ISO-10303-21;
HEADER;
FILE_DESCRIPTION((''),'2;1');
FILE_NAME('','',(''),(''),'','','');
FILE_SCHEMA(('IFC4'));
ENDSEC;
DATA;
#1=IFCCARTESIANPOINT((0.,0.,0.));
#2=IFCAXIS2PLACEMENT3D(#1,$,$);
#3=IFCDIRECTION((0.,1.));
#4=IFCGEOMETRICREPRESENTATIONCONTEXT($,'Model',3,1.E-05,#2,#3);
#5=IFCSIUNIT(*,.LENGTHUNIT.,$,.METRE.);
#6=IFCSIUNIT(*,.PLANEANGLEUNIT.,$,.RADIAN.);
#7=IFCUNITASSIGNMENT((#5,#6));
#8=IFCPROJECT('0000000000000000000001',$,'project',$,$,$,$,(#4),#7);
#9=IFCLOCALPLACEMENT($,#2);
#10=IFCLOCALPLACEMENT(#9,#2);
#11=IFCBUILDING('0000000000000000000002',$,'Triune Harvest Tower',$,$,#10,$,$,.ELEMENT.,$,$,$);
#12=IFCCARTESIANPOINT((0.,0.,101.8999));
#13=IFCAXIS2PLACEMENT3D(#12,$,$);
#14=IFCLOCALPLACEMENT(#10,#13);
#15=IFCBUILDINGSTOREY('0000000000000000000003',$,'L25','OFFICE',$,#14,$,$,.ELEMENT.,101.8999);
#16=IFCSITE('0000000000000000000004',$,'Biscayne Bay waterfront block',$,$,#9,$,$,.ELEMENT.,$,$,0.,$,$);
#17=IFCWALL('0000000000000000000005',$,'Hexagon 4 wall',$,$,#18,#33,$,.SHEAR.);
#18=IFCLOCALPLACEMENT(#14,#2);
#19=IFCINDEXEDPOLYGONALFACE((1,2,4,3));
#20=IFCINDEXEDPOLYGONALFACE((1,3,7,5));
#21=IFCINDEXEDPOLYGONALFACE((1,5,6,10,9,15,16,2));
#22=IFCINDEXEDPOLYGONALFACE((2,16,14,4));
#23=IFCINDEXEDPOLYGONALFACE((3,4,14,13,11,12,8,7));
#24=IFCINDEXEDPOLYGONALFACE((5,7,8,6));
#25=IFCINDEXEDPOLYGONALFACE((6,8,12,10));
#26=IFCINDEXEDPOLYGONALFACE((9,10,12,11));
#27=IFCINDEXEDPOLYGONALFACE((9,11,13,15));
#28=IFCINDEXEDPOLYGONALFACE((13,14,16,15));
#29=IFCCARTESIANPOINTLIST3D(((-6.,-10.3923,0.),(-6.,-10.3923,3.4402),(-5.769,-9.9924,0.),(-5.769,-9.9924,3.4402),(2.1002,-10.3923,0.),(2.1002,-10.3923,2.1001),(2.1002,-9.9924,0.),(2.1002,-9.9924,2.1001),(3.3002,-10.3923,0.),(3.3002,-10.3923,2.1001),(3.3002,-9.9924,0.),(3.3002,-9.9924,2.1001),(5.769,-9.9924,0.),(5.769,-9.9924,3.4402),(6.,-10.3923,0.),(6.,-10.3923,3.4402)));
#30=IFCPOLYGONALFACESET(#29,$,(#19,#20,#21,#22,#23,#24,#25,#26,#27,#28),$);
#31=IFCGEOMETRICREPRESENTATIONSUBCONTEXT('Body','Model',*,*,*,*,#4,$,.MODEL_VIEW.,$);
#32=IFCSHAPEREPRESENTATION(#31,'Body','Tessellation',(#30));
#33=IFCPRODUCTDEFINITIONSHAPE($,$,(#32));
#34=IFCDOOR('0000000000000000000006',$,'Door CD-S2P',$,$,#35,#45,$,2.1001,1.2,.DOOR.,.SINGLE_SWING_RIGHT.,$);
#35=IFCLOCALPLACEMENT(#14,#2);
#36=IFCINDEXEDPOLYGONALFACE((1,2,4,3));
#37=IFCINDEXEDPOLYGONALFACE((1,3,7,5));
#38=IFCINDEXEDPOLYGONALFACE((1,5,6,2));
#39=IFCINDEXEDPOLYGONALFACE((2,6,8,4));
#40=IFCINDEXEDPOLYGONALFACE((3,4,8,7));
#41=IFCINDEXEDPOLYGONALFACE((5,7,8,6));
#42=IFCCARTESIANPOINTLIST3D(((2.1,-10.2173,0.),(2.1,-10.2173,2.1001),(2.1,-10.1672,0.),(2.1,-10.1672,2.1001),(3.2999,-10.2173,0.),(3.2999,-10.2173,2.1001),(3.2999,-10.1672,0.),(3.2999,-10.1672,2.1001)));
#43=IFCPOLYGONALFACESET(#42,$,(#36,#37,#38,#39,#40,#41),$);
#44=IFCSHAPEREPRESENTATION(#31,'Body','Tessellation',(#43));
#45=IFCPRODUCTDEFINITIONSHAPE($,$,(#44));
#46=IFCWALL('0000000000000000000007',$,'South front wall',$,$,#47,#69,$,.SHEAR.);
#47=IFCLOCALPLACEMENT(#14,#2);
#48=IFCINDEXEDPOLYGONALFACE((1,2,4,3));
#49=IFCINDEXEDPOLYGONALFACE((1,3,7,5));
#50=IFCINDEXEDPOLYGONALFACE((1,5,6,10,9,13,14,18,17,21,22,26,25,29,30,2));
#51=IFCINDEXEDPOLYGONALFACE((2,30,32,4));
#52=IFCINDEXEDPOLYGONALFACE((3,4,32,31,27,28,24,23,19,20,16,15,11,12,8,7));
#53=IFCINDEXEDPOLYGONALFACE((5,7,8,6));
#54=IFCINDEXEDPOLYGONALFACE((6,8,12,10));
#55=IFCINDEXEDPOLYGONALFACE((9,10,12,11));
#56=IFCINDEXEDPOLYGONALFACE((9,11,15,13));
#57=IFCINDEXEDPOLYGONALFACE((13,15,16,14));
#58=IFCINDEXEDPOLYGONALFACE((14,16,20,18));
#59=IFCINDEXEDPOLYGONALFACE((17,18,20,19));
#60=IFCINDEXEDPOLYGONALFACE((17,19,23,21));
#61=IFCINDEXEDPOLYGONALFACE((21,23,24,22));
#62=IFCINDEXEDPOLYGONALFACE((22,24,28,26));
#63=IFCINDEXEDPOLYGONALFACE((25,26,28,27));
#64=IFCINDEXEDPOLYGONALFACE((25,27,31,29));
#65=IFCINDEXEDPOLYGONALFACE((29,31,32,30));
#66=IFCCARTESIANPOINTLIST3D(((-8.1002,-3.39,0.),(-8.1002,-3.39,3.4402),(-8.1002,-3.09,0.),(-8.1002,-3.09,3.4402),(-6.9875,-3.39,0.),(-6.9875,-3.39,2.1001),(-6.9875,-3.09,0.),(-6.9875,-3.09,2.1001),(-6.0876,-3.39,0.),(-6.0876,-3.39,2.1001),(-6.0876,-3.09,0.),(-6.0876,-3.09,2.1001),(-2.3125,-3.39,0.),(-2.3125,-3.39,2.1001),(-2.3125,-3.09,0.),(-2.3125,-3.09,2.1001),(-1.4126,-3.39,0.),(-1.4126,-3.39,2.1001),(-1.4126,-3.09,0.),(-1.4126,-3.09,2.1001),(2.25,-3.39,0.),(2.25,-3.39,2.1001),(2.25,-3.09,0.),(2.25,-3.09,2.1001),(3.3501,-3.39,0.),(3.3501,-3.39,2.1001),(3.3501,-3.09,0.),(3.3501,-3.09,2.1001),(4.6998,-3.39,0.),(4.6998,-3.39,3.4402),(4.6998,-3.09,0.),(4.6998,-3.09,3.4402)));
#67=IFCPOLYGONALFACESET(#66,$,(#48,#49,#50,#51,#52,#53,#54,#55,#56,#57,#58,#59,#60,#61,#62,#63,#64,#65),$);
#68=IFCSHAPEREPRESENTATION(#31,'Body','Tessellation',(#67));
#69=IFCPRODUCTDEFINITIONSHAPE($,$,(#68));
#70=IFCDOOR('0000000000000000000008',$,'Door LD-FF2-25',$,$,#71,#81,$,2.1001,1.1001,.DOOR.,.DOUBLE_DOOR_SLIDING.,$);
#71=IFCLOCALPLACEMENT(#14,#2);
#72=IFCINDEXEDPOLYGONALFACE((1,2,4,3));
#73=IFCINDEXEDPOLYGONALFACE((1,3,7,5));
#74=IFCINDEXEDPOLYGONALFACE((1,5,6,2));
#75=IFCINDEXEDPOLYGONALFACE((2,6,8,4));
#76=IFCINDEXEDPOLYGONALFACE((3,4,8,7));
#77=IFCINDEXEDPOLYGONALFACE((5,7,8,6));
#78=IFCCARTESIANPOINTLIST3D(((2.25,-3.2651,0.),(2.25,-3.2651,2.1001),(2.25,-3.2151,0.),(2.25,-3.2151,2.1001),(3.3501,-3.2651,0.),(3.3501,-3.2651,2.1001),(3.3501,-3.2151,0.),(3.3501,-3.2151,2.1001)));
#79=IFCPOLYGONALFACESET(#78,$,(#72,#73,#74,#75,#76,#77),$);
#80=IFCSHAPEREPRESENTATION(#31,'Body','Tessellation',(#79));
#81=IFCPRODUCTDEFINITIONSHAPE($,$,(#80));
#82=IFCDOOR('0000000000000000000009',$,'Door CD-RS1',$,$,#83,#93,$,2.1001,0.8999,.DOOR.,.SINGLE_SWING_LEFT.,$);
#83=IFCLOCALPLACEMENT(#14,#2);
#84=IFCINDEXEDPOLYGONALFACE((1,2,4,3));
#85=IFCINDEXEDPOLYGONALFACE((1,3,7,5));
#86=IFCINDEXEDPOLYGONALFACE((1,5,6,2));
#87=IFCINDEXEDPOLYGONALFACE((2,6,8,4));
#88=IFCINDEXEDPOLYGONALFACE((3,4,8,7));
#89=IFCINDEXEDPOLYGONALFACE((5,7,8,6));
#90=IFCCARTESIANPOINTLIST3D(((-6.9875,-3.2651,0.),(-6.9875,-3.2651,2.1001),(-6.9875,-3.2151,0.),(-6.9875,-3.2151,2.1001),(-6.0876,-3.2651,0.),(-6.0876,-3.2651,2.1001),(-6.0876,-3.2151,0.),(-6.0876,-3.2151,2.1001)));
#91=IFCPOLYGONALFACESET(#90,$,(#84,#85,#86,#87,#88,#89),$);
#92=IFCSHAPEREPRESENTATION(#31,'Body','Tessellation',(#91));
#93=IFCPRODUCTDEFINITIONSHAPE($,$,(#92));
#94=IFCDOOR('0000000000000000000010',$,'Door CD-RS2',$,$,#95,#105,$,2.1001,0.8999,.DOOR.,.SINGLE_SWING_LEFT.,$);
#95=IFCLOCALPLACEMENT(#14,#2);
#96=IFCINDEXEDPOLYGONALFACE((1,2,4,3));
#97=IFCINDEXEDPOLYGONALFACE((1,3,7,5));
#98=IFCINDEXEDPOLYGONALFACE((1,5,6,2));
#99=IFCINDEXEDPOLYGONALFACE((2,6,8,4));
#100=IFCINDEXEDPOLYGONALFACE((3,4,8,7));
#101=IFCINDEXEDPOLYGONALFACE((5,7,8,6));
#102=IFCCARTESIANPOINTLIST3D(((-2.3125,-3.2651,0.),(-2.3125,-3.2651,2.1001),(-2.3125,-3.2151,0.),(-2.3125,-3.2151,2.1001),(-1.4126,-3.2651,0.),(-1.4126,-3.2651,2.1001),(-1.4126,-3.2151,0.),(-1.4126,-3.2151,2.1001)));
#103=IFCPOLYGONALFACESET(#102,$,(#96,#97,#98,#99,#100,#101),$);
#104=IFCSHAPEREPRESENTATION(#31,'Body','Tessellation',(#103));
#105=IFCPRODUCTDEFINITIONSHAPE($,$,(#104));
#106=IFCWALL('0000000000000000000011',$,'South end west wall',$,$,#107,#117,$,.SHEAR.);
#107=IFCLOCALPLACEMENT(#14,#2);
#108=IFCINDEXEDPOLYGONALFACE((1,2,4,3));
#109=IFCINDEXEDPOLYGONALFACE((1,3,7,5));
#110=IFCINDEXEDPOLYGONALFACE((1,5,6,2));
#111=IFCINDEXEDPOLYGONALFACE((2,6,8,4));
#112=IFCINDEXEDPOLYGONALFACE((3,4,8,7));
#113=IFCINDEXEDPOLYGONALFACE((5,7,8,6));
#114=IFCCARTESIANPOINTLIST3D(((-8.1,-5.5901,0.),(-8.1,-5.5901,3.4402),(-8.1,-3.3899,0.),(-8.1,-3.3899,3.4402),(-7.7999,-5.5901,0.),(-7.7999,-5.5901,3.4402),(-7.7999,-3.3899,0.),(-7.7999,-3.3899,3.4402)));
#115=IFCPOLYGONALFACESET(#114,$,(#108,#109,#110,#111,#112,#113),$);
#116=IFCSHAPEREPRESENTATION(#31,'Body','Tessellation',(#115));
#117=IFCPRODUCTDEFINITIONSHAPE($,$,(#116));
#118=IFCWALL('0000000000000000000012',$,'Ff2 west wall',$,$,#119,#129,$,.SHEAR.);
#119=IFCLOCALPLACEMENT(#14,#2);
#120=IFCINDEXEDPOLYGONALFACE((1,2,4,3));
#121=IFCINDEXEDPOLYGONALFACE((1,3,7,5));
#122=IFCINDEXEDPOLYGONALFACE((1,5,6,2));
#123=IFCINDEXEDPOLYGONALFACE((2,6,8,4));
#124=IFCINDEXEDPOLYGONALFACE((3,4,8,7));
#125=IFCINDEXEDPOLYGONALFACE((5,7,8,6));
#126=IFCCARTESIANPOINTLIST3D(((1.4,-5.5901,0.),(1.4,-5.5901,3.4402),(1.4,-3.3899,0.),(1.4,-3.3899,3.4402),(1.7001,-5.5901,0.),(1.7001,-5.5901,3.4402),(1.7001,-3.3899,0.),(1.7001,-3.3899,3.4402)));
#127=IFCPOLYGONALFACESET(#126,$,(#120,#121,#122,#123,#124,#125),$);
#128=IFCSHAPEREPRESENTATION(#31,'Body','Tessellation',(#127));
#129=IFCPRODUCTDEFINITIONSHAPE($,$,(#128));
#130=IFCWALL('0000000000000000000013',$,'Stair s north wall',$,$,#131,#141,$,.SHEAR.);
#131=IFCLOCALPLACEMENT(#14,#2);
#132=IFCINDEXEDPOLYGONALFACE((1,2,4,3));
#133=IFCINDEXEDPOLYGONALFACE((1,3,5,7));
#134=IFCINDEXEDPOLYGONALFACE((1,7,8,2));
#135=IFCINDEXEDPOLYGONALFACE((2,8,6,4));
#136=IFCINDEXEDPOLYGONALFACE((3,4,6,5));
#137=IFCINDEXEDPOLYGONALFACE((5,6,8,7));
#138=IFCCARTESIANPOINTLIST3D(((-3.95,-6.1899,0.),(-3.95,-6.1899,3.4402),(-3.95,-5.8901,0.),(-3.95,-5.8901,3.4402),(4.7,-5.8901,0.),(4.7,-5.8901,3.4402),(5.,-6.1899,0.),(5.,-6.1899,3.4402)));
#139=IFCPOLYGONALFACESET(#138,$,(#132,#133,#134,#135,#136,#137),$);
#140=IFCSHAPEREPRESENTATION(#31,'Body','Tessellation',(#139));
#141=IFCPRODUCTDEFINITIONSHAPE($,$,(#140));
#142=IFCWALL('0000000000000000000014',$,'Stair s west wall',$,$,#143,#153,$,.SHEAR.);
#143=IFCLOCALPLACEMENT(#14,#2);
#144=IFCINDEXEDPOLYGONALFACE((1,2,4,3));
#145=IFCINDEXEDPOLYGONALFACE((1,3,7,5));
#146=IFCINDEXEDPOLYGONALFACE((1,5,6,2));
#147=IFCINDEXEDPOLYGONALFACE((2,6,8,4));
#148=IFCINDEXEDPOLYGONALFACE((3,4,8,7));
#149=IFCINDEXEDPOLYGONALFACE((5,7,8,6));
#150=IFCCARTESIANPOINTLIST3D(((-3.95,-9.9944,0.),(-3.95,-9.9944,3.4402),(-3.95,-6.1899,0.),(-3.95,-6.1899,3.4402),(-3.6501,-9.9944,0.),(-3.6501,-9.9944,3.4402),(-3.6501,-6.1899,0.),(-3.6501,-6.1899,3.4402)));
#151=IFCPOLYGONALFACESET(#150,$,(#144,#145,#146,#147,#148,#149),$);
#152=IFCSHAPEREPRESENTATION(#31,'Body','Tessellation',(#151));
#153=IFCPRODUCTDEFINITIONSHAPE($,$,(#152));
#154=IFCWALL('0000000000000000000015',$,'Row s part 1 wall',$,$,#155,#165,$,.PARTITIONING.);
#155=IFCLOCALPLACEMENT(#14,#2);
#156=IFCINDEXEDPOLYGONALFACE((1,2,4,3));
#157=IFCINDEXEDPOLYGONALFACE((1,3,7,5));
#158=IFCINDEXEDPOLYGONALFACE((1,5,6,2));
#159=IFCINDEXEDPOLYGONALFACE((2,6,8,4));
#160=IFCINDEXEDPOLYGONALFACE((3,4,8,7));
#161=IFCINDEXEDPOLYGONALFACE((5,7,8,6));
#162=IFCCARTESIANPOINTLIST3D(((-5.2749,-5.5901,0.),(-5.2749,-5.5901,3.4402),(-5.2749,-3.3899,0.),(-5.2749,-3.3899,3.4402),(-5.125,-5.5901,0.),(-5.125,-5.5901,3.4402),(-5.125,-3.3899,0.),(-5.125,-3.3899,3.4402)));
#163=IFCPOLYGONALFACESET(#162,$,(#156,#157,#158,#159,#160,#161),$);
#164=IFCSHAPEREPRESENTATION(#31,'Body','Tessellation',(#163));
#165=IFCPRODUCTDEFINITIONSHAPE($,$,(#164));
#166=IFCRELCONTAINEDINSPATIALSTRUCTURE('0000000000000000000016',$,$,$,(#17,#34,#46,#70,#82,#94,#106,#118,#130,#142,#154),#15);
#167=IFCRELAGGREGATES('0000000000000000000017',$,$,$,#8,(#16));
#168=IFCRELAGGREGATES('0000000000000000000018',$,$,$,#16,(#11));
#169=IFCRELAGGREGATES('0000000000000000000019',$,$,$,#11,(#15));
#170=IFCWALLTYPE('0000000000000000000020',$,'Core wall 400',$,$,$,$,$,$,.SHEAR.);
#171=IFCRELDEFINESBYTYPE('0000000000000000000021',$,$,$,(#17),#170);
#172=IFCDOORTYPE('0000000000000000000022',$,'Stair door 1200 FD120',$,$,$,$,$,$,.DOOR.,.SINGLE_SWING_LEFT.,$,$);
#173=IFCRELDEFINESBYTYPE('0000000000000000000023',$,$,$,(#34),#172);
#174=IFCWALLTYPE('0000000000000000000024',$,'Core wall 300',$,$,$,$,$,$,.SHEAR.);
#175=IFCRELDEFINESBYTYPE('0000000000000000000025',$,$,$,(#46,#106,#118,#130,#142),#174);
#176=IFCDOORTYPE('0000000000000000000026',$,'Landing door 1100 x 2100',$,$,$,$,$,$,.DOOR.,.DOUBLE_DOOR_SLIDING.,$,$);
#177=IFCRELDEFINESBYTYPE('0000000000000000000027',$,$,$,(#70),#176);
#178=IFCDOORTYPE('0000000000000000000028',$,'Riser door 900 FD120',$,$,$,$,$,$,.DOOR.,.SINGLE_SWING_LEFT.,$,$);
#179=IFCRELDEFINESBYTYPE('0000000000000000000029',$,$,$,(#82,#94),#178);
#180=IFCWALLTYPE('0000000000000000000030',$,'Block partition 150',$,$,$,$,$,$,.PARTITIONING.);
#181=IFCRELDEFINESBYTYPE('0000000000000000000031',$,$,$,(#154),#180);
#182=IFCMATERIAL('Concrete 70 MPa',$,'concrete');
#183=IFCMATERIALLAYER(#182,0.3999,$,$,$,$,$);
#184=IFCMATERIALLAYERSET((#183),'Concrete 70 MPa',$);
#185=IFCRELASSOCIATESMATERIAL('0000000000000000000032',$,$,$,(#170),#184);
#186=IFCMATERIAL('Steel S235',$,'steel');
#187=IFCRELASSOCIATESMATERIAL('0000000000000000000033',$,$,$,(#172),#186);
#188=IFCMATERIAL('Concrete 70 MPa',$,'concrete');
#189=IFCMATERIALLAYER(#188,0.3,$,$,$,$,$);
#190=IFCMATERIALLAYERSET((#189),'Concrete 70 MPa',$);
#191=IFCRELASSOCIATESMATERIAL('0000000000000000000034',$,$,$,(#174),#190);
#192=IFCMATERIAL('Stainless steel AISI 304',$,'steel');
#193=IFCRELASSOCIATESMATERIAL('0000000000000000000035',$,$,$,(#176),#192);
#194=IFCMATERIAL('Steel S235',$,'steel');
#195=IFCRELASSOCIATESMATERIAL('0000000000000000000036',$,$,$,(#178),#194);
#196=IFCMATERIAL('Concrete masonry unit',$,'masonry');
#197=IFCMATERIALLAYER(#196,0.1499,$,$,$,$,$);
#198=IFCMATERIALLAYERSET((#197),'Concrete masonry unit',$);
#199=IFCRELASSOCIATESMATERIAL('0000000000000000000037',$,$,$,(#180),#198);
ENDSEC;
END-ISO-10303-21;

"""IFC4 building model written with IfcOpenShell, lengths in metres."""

from ifc_helpers import new_model, si_unit, direction, frame, frame_2d, origin, place, context, subcontext, project, spatial, polyline, rectangle, outline, extrude, source, transform, mapped, material, layer, layer_set, type_object, element, fill, save


model = new_model("IFC4")

# Units and contexts
model_context = context("Model", 3, precision=1e-05, world=origin(), true_north=direction((0.0, 1.0)))
body_context = subcontext(model_context, "Body", "Model", "MODEL_VIEW")
ifc_project = project(units=[si_unit("LENGTHUNIT", "METRE"), si_unit("PLANEANGLEUNIT", "RADIAN")], contexts=[model_context])

# Site, building, storey
site_placement = place(None, origin())
site = spatial("IfcSite", under=ifc_project, at=site_placement, Name="Biscayne Bay waterfront block", CompositionType="ELEMENT", RefElevation=0.0)
building_placement = place(site_placement, origin())
building = spatial("IfcBuilding", under=site, at=building_placement, Name="Triune Harvest Tower", CompositionType="ELEMENT")
storey_placement = place(building_placement, frame((0.0, 0.0, 101.8999)))
storey = spatial("IfcBuildingStorey", under=building, at=storey_placement, Name="L25", Description="OFFICE", CompositionType="ELEMENT", Elevation=101.8999)

# Wall, opening, door
ifc_material_1 = material(Name="Concrete 70 MPa", Category="concrete")
ifc_layer_1 = layer(ifc_material_1, 0.3999)
ifc_layer_set_1 = layer_set([ifc_layer_1], Name="Concrete 70 MPa")
wall_type_1 = type_object("IfcWallType", Name="Core wall 400", PredefinedType="SHEAR", material=ifc_layer_set_1)
shared_shape_1 = source(origin(), body_context, "Body", "SweptSolid", [
    extrude(outline(polyline([(-0.1155, -0.2), (11.8845, -0.2), (11.6536, 0.2), (0.1155, 0.2), (-0.1155, -0.2)])), origin(), (0.0, 0.0, 1.0), 3.4402),
])
wall_1_placement = place(storey_placement, frame((-5.8845, -10.1924, 0.0), z_axis=(0.0, 0.0, 1.0), x_axis=(1.0, 0.0, 0.0)))
wall_1 = element("IfcWall", 1, at=wall_1_placement, inside=storey, type_object=wall_type_1, Name="Hexagon 4 wall", PredefinedType="SHEAR", context=body_context, shape_type="MappedRepresentation", body=[
    mapped(shared_shape_1, transform((0.0, 0.0, 0.0), scale=1.0)),
])
opening_1_placement = place(wall_1_placement, frame((7.9846, 0.0, 0.0)))
opening_1 = element("IfcOpeningElement", 2, at=opening_1_placement, cuts=wall_1, PredefinedType="OPENING", context=body_context, shape_type="SweptSolid", body=[
    extrude(rectangle(XDim=1.2, YDim=2.1001, at=frame_2d((0.6001, 1.05))), frame((0.0, 0.21, 0.0), z_axis=(0.0, -1.0, 0.0), x_axis=(1.0, 0.0, 0.0)), (0.0, 0.0, 1.0), 0.4199),
])
ifc_material_2 = material(Name="Steel S235", Category="steel")
door_type_1 = type_object("IfcDoorType", Name="Stair door 1200 FD120", OperationType="SINGLE_SWING_LEFT", PredefinedType="DOOR", material=ifc_material_2)
door_1_placement = place(opening_1_placement, frame((1.2, 0.0, 0.0), z_axis=(0.0, 0.0, 1.0), x_axis=(-1.0, 0.0, 0.0)))
door_1 = element("IfcDoor", 3, at=door_1_placement, inside=storey, type_object=door_type_1, Name="Door CD-S2P", OperationType="SINGLE_SWING_RIGHT", OverallHeight=2.1001, OverallWidth=1.2, PredefinedType="DOOR", context=body_context, shape_type="SweptSolid", body=[
    extrude(rectangle(XDim=1.2, YDim=2.1001, at=frame_2d((0.6001, 1.05))), frame((0.0, 0.0249, 0.0), z_axis=(0.0, -1.0, 0.0), x_axis=(1.0, 0.0, 0.0)), (0.0, 0.0, 1.0), 0.05),
])
fill(opening_1, door_1)

# Wall, openings, doors
ifc_material_3 = material(Name="Concrete 70 MPa", Category="concrete")
ifc_layer_2 = layer(ifc_material_3, 0.3)
ifc_layer_set_2 = layer_set([ifc_layer_2], Name="Concrete 70 MPa")
wall_type_2 = type_object("IfcWallType", Name="Core wall 300", PredefinedType="SHEAR", material=ifc_layer_set_2)
shared_shape_2 = source(origin(), body_context, "Body", "SweptSolid", [
    extrude(rectangle(XDim=12.8, YDim=0.3, at=frame_2d((6.3999, 0.0))), origin(), (0.0, 0.0, 1.0), 3.4402),
])
wall_2_placement = place(storey_placement, frame((-8.1001, -3.24, 0.0), z_axis=(0.0, 0.0, 1.0), x_axis=(1.0, 0.0, 0.0)))
wall_2 = element("IfcWall", 4, at=wall_2_placement, inside=storey, type_object=wall_type_2, Name="South front wall", PredefinedType="SHEAR", context=body_context, shape_type="MappedRepresentation", body=[
    mapped(shared_shape_2, transform((0.0, 0.0, 0.0), scale=1.0)),
])
opening_2_placement = place(wall_2_placement, frame((1.1125, 0.0, 0.0)))
opening_2 = element("IfcOpeningElement", 5, at=opening_2_placement, cuts=wall_2, PredefinedType="OPENING", context=body_context, shape_type="SweptSolid", body=[
    extrude(rectangle(XDim=0.8999, YDim=2.1001, at=frame_2d((0.45, 1.05))), frame((0.0, 0.1602, 0.0), z_axis=(0.0, -1.0, 0.0), x_axis=(1.0, 0.0, 0.0)), (0.0, 0.0, 1.0), 0.3201),
])
opening_3_placement = place(wall_2_placement, frame((5.7876, 0.0, 0.0)))
opening_3 = element("IfcOpeningElement", 6, at=opening_3_placement, cuts=wall_2, PredefinedType="OPENING", context=body_context, shape_type="SweptSolid", body=[
    extrude(rectangle(XDim=0.8999, YDim=2.1001, at=frame_2d((0.45, 1.05))), frame((0.0, 0.1602, 0.0), z_axis=(0.0, -1.0, 0.0), x_axis=(1.0, 0.0, 0.0)), (0.0, 0.0, 1.0), 0.3201),
])
opening_4_placement = place(wall_2_placement, frame((10.3501, 0.0, 0.0)))
opening_4 = element("IfcOpeningElement", 7, at=opening_4_placement, cuts=wall_2, PredefinedType="OPENING", context=body_context, shape_type="SweptSolid", body=[
    extrude(rectangle(XDim=1.1001, YDim=2.1001, at=frame_2d((0.55, 1.05))), frame((0.0, 0.1602, 0.0), z_axis=(0.0, -1.0, 0.0), x_axis=(1.0, 0.0, 0.0)), (0.0, 0.0, 1.0), 0.3201),
])
ifc_material_4 = material(Name="Stainless steel AISI 304", Category="steel")
door_type_2 = type_object("IfcDoorType", Name="Landing door 1100 x 2100", OperationType="DOUBLE_DOOR_SLIDING", PredefinedType="DOOR", material=ifc_material_4)
door_2_placement = place(opening_4_placement, origin())
door_2 = element("IfcDoor", 8, at=door_2_placement, inside=storey, type_object=door_type_2, Name="Door LD-FF2-25", OperationType="DOUBLE_DOOR_SLIDING", OverallHeight=2.1001, OverallWidth=1.1001, PredefinedType="DOOR", context=body_context, shape_type="SweptSolid", body=[
    extrude(rectangle(XDim=1.1001, YDim=2.1001, at=frame_2d((0.55, 1.05))), frame((0.0, 0.0249, 0.0), z_axis=(0.0, -1.0, 0.0), x_axis=(1.0, 0.0, 0.0)), (0.0, 0.0, 1.0), 0.05),
])
fill(opening_4, door_2)
ifc_material_5 = material(Name="Steel S235", Category="steel")
door_type_3 = type_object("IfcDoorType", Name="Riser door 900 FD120", OperationType="SINGLE_SWING_LEFT", PredefinedType="DOOR", material=ifc_material_5)
door_3_placement = place(opening_2_placement, origin())
door_3 = element("IfcDoor", 9, at=door_3_placement, inside=storey, type_object=door_type_3, Name="Door CD-RS1", OperationType="SINGLE_SWING_LEFT", OverallHeight=2.1001, OverallWidth=0.8999, PredefinedType="DOOR", context=body_context, shape_type="SweptSolid", body=[
    extrude(rectangle(XDim=0.8999, YDim=2.1001, at=frame_2d((0.45, 1.05))), frame((0.0, 0.0249, 0.0), z_axis=(0.0, -1.0, 0.0), x_axis=(1.0, 0.0, 0.0)), (0.0, 0.0, 1.0), 0.05),
])
fill(opening_2, door_3)
door_4_placement = place(opening_3_placement, origin())
door_4 = element("IfcDoor", 10, at=door_4_placement, inside=storey, type_object=door_type_3, Name="Door CD-RS2", OperationType="SINGLE_SWING_LEFT", OverallHeight=2.1001, OverallWidth=0.8999, PredefinedType="DOOR", context=body_context, shape_type="SweptSolid", body=[
    extrude(rectangle(XDim=0.8999, YDim=2.1001, at=frame_2d((0.45, 1.05))), frame((0.0, 0.0249, 0.0), z_axis=(0.0, -1.0, 0.0), x_axis=(1.0, 0.0, 0.0)), (0.0, 0.0, 1.0), 0.05),
])
fill(opening_3, door_4)

# Walls
shared_shape_3 = source(origin(), body_context, "Body", "SweptSolid", [
    extrude(rectangle(XDim=2.2002, YDim=0.3, at=frame_2d((1.1001, 0.0))), origin(), (0.0, 0.0, 1.0), 3.4402),
])
for number, where, z_axis, x_axis, name in (
    (11, (-7.95, -5.5901, 0.0), (0.0, 0.0, 1.0), (0.0, 1.0, 0.0), "South end west wall"),
    (12, (1.55, -5.5901, 0.0), (0.0, 0.0, 1.0), (0.0, 1.0, 0.0), "Ff2 west wall"),
):
    element("IfcWall", number, at=place(storey_placement, frame(where, z_axis=z_axis, x_axis=x_axis)), inside=storey, type_object=wall_type_2, Name=name, PredefinedType="SHEAR", context=body_context, shape_type="MappedRepresentation", body=[
        mapped(shared_shape_3, transform((0.0, 0.0, 0.0), scale=1.0)),
    ])
shared_shape_4 = source(origin(), body_context, "Body", "SweptSolid", [
    extrude(outline(polyline([(0.0, -0.1499), (8.95, -0.1499), (8.6499, 0.1499), (0.0, 0.1499), (0.0, -0.1499)])), origin(), (0.0, 0.0, 1.0), 3.4402),
])
wall_3_placement = place(storey_placement, frame((-3.95, -6.04, 0.0), z_axis=(0.0, 0.0, 1.0), x_axis=(1.0, 0.0, 0.0)))
element("IfcWall", 13, at=wall_3_placement, inside=storey, type_object=wall_type_2, Name="Stair s north wall", PredefinedType="SHEAR", context=body_context, shape_type="MappedRepresentation", body=[
    mapped(shared_shape_4, transform((0.0, 0.0, 0.0), scale=1.0)),
])
shared_shape_5 = source(origin(), body_context, "Body", "SweptSolid", [
    extrude(outline(polyline([(3.8, -0.1499), (-0.0044, -0.1499), (-0.0044, 0.1499), (3.8, 0.1499), (3.8, -0.1499)])), origin(), (0.0, 0.0, 1.0), 3.4402),
])
wall_4_placement = place(storey_placement, frame((-3.8, -9.99, 0.0), z_axis=(0.0, 0.0, 1.0), x_axis=(0.0, 1.0, 0.0)))
element("IfcWall", 14, at=wall_4_placement, inside=storey, type_object=wall_type_2, Name="Stair s west wall", PredefinedType="SHEAR", context=body_context, shape_type="MappedRepresentation", body=[
    mapped(shared_shape_5, transform((0.0, 0.0, 0.0), scale=1.0)),
])
ifc_material_6 = material(Name="Concrete masonry unit", Category="masonry")
ifc_layer_3 = layer(ifc_material_6, 0.1499)
ifc_layer_set_3 = layer_set([ifc_layer_3], Name="Concrete masonry unit")
wall_type_3 = type_object("IfcWallType", Name="Block partition 150", PredefinedType="PARTITIONING", material=ifc_layer_set_3)
shared_shape_6 = source(origin(), body_context, "Body", "SweptSolid", [
    extrude(rectangle(XDim=2.2002, YDim=0.1499, at=frame_2d((1.1001, 0.0))), origin(), (0.0, 0.0, 1.0), 3.4402),
])
wall_5_placement = place(storey_placement, frame((-5.2, -5.5901, 0.0), z_axis=(0.0, 0.0, 1.0), x_axis=(0.0, 1.0, 0.0)))
element("IfcWall", 15, at=wall_5_placement, inside=storey, type_object=wall_type_3, Name="Row s part 1 wall", PredefinedType="PARTITIONING", context=body_context, shape_type="MappedRepresentation", body=[
    mapped(shared_shape_6, transform((0.0, 0.0, 0.0), scale=1.0)),
])

save(model, "model.ifc")
